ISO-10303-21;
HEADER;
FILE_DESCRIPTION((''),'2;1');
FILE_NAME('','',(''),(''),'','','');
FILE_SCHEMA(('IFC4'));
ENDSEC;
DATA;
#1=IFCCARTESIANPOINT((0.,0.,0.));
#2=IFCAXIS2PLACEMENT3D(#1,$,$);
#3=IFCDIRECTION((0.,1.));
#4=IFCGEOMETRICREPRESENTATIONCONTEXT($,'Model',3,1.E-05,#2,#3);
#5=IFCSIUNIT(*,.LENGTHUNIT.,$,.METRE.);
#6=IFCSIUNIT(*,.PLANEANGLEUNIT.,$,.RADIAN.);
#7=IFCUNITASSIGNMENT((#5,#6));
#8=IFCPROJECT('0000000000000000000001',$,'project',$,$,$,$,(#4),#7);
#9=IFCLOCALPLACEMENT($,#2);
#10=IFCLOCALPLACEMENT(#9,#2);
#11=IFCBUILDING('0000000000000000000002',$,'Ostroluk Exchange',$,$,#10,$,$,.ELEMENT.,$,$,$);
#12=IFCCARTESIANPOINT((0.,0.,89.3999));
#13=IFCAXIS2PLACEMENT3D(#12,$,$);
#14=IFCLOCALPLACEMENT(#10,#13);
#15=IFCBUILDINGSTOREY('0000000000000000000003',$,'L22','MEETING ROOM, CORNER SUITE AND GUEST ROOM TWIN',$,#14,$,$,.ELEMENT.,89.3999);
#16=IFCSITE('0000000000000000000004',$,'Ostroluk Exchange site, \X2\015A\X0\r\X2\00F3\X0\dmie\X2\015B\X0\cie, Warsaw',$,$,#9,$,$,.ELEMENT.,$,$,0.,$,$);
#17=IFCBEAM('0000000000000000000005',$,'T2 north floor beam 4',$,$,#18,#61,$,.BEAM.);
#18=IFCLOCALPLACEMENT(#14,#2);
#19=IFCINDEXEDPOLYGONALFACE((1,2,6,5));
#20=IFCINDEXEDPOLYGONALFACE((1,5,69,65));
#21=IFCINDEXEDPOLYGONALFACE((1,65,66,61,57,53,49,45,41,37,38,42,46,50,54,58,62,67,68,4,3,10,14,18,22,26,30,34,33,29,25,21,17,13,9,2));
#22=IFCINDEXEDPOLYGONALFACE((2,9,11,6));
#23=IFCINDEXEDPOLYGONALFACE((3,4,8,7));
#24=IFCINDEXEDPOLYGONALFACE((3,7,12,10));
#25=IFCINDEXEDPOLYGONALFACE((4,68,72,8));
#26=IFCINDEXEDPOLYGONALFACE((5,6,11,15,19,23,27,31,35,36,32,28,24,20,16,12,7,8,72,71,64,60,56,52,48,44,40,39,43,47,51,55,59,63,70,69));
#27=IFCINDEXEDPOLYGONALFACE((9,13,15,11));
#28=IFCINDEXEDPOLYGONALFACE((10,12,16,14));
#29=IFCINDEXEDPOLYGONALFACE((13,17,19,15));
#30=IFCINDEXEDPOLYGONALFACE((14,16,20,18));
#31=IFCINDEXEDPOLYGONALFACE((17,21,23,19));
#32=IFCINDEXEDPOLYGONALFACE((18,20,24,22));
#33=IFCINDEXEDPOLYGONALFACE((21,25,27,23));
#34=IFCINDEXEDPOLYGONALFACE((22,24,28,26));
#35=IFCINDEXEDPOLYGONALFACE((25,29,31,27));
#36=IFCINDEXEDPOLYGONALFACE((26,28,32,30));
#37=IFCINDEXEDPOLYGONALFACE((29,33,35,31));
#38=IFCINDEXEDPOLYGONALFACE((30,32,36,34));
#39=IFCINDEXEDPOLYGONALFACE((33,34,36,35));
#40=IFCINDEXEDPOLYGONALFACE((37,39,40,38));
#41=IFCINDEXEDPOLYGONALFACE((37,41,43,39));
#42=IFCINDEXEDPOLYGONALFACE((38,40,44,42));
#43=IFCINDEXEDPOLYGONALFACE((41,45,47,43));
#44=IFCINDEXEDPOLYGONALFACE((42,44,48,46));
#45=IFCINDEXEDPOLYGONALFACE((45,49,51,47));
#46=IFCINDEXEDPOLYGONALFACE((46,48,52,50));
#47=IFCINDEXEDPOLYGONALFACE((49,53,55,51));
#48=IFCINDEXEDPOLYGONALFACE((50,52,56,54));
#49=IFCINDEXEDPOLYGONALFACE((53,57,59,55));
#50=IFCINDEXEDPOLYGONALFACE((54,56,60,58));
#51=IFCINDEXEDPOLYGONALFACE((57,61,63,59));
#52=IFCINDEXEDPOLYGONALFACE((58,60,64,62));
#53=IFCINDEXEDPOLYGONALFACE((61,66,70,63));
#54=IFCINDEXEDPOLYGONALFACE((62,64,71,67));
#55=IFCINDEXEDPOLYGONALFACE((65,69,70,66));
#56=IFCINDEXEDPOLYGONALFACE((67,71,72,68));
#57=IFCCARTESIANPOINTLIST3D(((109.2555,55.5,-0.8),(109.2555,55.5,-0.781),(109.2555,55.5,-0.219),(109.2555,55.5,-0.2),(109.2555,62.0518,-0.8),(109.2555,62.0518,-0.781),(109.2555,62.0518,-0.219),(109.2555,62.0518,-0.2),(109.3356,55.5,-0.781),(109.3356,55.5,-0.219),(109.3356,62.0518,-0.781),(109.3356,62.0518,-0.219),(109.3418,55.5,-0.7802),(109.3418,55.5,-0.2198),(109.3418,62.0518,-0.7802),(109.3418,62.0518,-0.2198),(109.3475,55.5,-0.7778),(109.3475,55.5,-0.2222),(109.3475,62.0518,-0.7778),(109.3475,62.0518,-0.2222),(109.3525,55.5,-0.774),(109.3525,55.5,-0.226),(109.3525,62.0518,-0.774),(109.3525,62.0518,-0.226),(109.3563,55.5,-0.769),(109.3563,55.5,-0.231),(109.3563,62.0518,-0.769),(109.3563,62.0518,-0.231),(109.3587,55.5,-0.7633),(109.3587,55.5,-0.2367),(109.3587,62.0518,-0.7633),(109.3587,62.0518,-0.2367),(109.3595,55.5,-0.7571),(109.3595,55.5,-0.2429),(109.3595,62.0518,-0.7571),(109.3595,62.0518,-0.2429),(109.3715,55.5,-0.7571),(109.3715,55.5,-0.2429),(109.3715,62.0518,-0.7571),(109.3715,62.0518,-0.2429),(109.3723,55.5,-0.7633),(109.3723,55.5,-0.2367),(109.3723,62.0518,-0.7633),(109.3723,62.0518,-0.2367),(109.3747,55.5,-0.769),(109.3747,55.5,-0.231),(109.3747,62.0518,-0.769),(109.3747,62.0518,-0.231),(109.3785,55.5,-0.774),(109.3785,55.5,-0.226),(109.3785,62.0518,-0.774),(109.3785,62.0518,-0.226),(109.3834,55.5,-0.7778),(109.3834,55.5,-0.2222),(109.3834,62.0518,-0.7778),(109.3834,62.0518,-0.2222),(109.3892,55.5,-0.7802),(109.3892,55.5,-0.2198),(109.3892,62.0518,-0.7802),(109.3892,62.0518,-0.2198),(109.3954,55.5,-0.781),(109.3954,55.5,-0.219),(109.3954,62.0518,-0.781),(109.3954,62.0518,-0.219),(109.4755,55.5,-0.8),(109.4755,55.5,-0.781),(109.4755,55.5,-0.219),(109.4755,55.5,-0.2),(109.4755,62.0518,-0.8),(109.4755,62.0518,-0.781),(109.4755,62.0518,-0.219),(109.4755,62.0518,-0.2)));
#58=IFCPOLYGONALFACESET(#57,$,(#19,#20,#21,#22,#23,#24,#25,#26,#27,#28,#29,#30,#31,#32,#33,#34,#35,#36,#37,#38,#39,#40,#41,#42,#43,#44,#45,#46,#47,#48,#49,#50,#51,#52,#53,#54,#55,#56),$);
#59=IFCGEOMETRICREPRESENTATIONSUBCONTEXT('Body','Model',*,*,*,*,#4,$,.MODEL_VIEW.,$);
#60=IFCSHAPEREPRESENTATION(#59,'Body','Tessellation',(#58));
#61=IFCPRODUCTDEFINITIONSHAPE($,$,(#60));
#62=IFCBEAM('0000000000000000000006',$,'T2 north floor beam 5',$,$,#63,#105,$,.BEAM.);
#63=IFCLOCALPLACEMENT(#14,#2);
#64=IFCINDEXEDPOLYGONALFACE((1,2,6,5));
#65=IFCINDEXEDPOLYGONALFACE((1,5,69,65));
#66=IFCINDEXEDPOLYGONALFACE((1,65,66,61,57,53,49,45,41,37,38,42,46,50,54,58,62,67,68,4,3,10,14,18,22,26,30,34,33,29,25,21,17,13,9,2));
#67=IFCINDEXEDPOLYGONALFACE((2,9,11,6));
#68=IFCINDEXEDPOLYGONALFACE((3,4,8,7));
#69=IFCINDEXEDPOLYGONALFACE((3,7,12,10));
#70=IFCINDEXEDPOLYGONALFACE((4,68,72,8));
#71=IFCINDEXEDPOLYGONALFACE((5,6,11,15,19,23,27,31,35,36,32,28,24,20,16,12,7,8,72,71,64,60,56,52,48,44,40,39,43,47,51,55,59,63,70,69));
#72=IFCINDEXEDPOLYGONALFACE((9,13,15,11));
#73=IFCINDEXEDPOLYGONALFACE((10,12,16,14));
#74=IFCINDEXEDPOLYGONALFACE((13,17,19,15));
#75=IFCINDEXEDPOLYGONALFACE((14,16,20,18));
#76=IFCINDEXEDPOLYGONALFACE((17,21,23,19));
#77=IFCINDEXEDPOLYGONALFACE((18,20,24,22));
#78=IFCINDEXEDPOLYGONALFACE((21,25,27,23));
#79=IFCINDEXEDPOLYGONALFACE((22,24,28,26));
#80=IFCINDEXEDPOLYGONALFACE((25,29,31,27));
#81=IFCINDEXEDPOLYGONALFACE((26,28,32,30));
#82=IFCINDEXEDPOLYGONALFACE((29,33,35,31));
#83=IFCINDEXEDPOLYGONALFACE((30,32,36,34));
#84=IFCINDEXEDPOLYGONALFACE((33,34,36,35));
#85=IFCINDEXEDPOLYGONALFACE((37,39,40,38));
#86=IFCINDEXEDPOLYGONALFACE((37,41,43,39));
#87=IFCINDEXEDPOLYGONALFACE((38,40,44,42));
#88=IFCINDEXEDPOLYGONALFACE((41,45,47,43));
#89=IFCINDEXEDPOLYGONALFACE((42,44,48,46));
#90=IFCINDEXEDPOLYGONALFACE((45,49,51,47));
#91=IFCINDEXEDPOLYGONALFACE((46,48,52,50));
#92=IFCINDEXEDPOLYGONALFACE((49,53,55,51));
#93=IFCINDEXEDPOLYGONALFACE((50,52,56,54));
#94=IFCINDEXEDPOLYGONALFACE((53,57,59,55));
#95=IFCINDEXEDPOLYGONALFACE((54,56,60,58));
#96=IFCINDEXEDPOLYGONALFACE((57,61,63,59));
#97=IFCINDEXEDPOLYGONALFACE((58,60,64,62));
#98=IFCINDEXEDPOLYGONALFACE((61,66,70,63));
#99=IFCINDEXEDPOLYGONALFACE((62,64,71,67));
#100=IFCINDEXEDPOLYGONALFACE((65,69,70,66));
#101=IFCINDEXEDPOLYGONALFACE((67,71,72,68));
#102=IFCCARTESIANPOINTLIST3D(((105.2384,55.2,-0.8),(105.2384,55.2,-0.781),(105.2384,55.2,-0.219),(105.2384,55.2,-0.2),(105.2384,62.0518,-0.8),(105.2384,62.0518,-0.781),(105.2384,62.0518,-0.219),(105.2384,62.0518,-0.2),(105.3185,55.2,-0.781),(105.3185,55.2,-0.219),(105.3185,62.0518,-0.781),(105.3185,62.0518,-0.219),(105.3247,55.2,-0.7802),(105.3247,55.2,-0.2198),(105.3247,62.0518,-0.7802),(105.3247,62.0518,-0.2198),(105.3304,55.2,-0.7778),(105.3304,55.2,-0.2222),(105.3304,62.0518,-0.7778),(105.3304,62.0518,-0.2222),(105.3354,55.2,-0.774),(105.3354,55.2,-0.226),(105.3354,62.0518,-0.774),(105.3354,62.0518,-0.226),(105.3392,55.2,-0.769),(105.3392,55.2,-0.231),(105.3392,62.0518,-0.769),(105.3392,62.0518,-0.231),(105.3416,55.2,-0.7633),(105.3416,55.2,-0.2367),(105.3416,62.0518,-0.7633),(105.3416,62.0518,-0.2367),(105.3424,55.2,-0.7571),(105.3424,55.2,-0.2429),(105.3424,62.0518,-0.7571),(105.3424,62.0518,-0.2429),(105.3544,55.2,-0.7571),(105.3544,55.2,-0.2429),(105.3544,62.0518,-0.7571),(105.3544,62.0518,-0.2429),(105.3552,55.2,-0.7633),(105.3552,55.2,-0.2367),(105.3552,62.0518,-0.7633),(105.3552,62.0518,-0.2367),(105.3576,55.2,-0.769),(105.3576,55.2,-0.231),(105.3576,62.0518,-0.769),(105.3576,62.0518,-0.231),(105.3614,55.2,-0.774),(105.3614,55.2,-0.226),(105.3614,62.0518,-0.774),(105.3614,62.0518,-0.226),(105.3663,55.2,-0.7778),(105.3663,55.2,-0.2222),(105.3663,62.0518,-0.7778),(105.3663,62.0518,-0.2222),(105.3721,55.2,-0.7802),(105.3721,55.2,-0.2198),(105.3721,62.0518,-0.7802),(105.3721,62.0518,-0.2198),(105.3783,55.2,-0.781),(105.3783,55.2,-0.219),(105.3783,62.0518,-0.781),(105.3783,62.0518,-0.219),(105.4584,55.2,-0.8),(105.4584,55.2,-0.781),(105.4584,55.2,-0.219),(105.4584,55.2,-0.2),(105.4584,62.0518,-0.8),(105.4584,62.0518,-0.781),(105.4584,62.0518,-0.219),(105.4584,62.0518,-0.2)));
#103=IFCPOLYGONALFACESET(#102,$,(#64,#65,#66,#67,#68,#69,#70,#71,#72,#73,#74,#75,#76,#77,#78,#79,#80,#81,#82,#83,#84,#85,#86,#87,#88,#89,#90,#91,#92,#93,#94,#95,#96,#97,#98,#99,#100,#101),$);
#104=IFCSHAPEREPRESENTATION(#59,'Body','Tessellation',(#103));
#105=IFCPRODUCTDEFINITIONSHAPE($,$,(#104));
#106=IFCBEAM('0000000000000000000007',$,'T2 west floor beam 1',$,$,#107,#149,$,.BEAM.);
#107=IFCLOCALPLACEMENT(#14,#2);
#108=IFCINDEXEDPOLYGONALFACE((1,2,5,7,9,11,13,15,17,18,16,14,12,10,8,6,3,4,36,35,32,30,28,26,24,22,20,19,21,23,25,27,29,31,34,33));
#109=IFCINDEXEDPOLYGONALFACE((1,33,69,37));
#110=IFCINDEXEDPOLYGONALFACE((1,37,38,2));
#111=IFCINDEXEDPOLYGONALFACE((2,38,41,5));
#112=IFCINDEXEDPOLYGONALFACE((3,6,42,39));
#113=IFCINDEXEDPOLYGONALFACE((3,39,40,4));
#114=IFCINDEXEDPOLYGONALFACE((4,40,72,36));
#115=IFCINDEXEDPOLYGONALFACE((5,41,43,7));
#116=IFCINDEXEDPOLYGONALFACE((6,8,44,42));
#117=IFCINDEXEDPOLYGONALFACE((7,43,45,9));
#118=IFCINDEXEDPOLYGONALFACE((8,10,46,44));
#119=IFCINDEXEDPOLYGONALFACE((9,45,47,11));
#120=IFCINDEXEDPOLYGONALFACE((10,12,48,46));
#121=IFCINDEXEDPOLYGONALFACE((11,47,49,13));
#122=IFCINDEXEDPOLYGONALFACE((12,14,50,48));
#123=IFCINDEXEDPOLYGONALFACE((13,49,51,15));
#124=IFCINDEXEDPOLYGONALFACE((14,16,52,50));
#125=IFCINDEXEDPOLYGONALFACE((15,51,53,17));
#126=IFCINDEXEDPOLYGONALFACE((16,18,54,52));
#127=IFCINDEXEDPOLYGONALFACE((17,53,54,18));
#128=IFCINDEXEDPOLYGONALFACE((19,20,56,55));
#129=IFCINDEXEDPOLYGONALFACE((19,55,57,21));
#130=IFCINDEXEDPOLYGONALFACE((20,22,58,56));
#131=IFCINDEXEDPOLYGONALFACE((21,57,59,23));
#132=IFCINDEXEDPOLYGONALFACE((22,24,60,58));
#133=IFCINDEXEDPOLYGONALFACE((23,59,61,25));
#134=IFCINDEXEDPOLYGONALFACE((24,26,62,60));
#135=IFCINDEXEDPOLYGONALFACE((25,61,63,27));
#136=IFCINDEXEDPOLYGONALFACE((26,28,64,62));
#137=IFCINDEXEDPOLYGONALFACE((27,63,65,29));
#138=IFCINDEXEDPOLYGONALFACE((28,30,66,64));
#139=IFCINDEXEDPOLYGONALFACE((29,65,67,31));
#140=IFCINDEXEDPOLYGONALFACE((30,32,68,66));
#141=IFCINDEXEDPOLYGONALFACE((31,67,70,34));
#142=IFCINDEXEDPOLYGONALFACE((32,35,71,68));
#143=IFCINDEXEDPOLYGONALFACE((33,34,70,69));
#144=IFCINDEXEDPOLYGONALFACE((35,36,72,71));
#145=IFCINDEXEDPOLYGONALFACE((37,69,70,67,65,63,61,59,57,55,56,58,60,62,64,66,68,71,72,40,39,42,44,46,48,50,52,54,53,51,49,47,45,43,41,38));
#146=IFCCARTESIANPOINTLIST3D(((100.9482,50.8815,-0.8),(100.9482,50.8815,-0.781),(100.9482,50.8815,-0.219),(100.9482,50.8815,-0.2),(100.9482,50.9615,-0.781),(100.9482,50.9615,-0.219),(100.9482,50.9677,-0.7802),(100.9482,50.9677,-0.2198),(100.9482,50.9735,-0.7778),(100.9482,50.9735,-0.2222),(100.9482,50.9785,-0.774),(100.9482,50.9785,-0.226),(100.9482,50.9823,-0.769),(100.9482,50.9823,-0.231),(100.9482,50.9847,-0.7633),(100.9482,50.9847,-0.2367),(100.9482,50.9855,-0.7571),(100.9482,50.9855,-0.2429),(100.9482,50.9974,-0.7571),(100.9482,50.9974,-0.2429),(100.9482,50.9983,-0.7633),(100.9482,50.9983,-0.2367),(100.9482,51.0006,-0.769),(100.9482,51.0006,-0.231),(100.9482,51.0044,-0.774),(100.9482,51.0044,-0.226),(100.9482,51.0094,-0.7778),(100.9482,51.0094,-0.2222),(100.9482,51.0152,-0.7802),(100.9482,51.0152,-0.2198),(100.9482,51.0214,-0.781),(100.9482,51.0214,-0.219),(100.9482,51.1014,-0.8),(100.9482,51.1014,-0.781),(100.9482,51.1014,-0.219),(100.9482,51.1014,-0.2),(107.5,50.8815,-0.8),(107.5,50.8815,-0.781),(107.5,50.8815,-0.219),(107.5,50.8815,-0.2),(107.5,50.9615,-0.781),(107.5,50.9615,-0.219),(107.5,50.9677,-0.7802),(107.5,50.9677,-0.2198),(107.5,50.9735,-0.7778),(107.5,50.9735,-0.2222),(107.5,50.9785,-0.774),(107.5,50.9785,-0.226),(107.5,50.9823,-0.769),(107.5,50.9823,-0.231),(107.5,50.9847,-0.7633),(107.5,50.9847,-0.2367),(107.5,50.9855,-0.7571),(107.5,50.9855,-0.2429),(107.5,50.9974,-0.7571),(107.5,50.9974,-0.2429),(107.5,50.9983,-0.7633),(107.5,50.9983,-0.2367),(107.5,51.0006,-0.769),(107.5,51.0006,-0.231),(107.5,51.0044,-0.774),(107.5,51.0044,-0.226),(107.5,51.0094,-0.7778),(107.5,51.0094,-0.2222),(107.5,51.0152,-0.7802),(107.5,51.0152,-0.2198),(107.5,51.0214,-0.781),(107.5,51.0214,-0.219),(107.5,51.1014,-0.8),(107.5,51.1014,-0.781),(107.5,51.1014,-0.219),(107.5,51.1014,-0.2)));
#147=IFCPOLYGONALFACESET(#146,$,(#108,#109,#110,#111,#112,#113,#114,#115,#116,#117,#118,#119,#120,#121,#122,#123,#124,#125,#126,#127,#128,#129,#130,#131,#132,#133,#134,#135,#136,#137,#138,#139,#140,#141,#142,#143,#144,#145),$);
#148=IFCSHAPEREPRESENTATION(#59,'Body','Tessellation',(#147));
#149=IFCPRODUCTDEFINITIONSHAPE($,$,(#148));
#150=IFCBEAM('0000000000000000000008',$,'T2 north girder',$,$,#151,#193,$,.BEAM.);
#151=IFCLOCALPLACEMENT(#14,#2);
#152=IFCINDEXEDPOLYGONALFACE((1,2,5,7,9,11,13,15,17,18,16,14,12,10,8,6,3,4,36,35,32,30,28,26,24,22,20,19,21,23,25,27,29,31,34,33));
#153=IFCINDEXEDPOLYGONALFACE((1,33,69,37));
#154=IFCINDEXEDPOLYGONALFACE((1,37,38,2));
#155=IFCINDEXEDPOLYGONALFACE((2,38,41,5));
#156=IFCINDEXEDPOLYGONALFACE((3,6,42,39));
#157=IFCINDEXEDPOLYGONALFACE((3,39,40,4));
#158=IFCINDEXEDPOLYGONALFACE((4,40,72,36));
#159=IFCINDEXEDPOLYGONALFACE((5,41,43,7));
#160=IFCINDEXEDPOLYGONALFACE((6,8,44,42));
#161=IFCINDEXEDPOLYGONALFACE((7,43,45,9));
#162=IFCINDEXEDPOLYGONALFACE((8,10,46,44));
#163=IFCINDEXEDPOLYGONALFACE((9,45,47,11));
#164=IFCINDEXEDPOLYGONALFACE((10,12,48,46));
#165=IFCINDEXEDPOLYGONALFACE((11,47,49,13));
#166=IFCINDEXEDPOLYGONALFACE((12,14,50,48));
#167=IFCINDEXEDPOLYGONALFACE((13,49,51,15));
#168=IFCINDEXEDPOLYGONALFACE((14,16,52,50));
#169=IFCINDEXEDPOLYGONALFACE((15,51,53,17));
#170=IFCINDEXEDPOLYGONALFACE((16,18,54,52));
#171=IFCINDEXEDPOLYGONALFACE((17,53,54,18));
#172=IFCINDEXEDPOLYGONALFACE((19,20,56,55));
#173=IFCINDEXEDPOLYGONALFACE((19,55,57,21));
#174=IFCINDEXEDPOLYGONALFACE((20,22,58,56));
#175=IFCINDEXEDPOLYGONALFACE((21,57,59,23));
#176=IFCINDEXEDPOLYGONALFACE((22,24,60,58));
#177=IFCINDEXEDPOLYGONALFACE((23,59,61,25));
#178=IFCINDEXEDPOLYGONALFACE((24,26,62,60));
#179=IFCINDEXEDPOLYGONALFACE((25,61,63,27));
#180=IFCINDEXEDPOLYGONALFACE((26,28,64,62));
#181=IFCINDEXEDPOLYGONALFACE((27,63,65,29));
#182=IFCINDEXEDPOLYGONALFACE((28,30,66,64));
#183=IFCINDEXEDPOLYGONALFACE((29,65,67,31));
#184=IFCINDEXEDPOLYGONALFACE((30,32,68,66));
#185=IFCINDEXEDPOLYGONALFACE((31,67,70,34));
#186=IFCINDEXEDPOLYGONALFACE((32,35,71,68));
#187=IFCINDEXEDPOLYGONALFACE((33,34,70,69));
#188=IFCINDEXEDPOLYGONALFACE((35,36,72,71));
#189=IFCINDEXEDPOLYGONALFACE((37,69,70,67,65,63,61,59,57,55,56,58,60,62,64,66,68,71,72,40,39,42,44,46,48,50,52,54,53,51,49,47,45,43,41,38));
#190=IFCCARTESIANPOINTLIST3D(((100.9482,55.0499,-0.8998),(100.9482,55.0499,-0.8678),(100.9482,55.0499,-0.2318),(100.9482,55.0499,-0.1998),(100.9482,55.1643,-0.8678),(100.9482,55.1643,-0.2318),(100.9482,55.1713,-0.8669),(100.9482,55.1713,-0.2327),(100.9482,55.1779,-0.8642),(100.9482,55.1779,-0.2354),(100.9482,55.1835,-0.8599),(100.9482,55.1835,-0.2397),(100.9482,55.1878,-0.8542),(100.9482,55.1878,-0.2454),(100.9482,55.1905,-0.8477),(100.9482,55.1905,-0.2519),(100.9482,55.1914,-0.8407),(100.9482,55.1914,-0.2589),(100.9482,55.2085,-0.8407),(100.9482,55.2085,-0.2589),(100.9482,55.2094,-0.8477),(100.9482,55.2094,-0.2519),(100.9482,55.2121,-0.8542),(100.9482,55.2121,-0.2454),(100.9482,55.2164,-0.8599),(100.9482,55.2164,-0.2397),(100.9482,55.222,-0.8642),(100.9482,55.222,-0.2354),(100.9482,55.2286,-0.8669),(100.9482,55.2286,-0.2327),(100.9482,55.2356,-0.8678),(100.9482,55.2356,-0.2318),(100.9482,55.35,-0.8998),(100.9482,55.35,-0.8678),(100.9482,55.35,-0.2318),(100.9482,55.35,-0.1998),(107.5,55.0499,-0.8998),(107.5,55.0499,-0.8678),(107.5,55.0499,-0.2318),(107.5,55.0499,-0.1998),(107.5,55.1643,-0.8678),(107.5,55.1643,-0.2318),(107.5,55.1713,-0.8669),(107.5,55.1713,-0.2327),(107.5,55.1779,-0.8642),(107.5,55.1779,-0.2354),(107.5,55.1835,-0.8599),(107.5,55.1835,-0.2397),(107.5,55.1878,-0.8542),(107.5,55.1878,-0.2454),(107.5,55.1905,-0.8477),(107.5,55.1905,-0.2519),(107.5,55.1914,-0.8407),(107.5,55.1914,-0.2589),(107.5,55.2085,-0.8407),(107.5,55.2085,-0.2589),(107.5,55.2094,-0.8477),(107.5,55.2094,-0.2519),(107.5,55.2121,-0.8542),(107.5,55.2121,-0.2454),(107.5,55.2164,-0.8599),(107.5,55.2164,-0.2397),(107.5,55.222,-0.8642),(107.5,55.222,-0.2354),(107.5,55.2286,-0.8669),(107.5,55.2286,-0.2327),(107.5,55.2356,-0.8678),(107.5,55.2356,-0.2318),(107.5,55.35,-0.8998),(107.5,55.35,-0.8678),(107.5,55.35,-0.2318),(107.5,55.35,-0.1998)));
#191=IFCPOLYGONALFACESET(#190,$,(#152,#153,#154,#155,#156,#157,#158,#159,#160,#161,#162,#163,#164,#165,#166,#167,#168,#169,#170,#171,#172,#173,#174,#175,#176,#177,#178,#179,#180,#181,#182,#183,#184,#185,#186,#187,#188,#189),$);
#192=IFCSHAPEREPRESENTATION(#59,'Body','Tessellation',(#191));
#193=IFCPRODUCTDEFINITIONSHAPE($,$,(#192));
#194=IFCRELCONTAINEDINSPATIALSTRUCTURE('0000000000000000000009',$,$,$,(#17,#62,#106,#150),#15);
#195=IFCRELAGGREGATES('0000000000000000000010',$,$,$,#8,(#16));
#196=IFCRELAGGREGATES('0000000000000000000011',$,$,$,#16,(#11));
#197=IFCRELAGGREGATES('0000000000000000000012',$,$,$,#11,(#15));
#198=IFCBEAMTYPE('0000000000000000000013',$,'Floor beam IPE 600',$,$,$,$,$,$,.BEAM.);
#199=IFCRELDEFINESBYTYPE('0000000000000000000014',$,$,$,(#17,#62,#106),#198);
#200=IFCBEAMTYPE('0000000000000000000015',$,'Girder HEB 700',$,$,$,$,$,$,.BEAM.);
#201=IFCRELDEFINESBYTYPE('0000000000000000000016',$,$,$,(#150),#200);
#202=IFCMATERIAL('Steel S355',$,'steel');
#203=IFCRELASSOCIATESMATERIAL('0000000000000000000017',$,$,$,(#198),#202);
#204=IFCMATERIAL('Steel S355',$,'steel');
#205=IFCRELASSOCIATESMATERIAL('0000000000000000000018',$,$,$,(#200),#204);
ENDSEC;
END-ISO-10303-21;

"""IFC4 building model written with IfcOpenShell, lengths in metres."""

from ifc_helpers import new_model, si_unit, direction, frame, origin, origin_2d, place, context, subcontext, project, spatial, i_section, extrude, material, material_profile, profile_set, type_object, element, save


model = new_model("IFC4")

# Units and contexts
model_context = context("Model", 3, precision=1e-05, world=origin(), true_north=direction((0.0, 1.0)))
body_context = subcontext(model_context, "Body", "Model", "MODEL_VIEW")
ifc_project = project(units=[si_unit("LENGTHUNIT", "METRE"), si_unit("PLANEANGLEUNIT", "RADIAN")], contexts=[model_context])

# Site, building, storey
site_placement = place(None, origin())
site = spatial("IfcSite", under=ifc_project, at=site_placement, Name="Ostroluk Exchange site, Śródmieście, Warsaw", CompositionType="ELEMENT", RefElevation=0.0)
building_placement = place(site_placement, origin())
building = spatial("IfcBuilding", under=site, at=building_placement, Name="Ostroluk Exchange", CompositionType="ELEMENT")
storey_placement = place(building_placement, frame((0.0, 0.0, 89.3999)))
storey = spatial("IfcBuildingStorey", under=building, at=storey_placement, Name="L22", Description="MEETING ROOM, CORNER SUITE AND GUEST ROOM TWIN", CompositionType="ELEMENT", Elevation=89.3999)

# Beams
ifc_material_1 = material(Name="Steel S355", Category="steel")
ifc_material_profile_1 = material_profile(ifc_material_1, i_section(OverallWidth=0.22, OverallDepth=0.6001, WebThickness=0.012, FlangeThickness=0.019, FilletRadius=0.0239, at=origin_2d()), Name="IPE 600")
ifc_profile_set_1 = profile_set([ifc_material_profile_1], Name="Steel S355")
beam_type_1 = type_object("IfcBeamType", Name="Floor beam IPE 600", PredefinedType="BEAM", material=ifc_profile_set_1)
beam_1_placement = place(storey_placement, frame((109.3655, 55.5, -0.5), z_axis=(0.0, 1.0, 0.0), x_axis=(-1.0, 0.0, 0.0)))
element("IfcBeam", 1, at=beam_1_placement, inside=storey, type_object=beam_type_1, Name="T2 north floor beam 4", PredefinedType="BEAM", context=body_context, shape_type="SweptSolid", body=[
    extrude(i_section(OverallWidth=0.22, OverallDepth=0.6001, WebThickness=0.012, FlangeThickness=0.019, FilletRadius=0.0239, at=origin_2d()), origin(), (0.0, 0.0, 1.0), 6.5518),
])
beam_2_placement = place(storey_placement, frame((105.3484, 55.2, -0.5), z_axis=(0.0, 1.0, 0.0), x_axis=(-1.0, 0.0, 0.0)))
element("IfcBeam", 2, at=beam_2_placement, inside=storey, type_object=beam_type_1, Name="T2 north floor beam 5", PredefinedType="BEAM", context=body_context, shape_type="SweptSolid", body=[
    extrude(i_section(OverallWidth=0.22, OverallDepth=0.6001, WebThickness=0.012, FlangeThickness=0.019, FilletRadius=0.0239, at=origin_2d()), origin(), (0.0, 0.0, 1.0), 6.8518),
])
beam_3_placement = place(storey_placement, frame((107.5, 50.9915, -0.5), z_axis=(-1.0, 0.0, 0.0), x_axis=(0.0, -1.0, 0.0)))
element("IfcBeam", 3, at=beam_3_placement, inside=storey, type_object=beam_type_1, Name="T2 west floor beam 1", PredefinedType="BEAM", context=body_context, shape_type="SweptSolid", body=[
    extrude(i_section(OverallWidth=0.22, OverallDepth=0.6001, WebThickness=0.012, FlangeThickness=0.019, FilletRadius=0.0239, at=origin_2d()), origin(), (0.0, 0.0, 1.0), 6.5518),
])
ifc_material_2 = material(Name="Steel S355", Category="steel")
ifc_material_profile_2 = material_profile(ifc_material_2, i_section(OverallWidth=0.3, OverallDepth=0.7, WebThickness=0.0171, FlangeThickness=0.032, FilletRadius=0.0271, at=origin_2d()), Name="HEB 700")
ifc_profile_set_2 = profile_set([ifc_material_profile_2], Name="Steel S355")
beam_type_2 = type_object("IfcBeamType", Name="Girder HEB 700", PredefinedType="BEAM", material=ifc_profile_set_2)
beam_4_placement = place(storey_placement, frame((107.5, 55.2, -0.5498), z_axis=(-1.0, 0.0, 0.0), x_axis=(0.0, -1.0, 0.0)))
element("IfcBeam", 4, at=beam_4_placement, inside=storey, type_object=beam_type_2, Name="T2 north girder", PredefinedType="BEAM", context=body_context, shape_type="SweptSolid", body=[
    extrude(i_section(OverallWidth=0.3, OverallDepth=0.7, WebThickness=0.0171, FlangeThickness=0.032, FilletRadius=0.0271, at=origin_2d()), origin(), (0.0, 0.0, 1.0), 6.5518),
])

save(model, "model.ifc")
